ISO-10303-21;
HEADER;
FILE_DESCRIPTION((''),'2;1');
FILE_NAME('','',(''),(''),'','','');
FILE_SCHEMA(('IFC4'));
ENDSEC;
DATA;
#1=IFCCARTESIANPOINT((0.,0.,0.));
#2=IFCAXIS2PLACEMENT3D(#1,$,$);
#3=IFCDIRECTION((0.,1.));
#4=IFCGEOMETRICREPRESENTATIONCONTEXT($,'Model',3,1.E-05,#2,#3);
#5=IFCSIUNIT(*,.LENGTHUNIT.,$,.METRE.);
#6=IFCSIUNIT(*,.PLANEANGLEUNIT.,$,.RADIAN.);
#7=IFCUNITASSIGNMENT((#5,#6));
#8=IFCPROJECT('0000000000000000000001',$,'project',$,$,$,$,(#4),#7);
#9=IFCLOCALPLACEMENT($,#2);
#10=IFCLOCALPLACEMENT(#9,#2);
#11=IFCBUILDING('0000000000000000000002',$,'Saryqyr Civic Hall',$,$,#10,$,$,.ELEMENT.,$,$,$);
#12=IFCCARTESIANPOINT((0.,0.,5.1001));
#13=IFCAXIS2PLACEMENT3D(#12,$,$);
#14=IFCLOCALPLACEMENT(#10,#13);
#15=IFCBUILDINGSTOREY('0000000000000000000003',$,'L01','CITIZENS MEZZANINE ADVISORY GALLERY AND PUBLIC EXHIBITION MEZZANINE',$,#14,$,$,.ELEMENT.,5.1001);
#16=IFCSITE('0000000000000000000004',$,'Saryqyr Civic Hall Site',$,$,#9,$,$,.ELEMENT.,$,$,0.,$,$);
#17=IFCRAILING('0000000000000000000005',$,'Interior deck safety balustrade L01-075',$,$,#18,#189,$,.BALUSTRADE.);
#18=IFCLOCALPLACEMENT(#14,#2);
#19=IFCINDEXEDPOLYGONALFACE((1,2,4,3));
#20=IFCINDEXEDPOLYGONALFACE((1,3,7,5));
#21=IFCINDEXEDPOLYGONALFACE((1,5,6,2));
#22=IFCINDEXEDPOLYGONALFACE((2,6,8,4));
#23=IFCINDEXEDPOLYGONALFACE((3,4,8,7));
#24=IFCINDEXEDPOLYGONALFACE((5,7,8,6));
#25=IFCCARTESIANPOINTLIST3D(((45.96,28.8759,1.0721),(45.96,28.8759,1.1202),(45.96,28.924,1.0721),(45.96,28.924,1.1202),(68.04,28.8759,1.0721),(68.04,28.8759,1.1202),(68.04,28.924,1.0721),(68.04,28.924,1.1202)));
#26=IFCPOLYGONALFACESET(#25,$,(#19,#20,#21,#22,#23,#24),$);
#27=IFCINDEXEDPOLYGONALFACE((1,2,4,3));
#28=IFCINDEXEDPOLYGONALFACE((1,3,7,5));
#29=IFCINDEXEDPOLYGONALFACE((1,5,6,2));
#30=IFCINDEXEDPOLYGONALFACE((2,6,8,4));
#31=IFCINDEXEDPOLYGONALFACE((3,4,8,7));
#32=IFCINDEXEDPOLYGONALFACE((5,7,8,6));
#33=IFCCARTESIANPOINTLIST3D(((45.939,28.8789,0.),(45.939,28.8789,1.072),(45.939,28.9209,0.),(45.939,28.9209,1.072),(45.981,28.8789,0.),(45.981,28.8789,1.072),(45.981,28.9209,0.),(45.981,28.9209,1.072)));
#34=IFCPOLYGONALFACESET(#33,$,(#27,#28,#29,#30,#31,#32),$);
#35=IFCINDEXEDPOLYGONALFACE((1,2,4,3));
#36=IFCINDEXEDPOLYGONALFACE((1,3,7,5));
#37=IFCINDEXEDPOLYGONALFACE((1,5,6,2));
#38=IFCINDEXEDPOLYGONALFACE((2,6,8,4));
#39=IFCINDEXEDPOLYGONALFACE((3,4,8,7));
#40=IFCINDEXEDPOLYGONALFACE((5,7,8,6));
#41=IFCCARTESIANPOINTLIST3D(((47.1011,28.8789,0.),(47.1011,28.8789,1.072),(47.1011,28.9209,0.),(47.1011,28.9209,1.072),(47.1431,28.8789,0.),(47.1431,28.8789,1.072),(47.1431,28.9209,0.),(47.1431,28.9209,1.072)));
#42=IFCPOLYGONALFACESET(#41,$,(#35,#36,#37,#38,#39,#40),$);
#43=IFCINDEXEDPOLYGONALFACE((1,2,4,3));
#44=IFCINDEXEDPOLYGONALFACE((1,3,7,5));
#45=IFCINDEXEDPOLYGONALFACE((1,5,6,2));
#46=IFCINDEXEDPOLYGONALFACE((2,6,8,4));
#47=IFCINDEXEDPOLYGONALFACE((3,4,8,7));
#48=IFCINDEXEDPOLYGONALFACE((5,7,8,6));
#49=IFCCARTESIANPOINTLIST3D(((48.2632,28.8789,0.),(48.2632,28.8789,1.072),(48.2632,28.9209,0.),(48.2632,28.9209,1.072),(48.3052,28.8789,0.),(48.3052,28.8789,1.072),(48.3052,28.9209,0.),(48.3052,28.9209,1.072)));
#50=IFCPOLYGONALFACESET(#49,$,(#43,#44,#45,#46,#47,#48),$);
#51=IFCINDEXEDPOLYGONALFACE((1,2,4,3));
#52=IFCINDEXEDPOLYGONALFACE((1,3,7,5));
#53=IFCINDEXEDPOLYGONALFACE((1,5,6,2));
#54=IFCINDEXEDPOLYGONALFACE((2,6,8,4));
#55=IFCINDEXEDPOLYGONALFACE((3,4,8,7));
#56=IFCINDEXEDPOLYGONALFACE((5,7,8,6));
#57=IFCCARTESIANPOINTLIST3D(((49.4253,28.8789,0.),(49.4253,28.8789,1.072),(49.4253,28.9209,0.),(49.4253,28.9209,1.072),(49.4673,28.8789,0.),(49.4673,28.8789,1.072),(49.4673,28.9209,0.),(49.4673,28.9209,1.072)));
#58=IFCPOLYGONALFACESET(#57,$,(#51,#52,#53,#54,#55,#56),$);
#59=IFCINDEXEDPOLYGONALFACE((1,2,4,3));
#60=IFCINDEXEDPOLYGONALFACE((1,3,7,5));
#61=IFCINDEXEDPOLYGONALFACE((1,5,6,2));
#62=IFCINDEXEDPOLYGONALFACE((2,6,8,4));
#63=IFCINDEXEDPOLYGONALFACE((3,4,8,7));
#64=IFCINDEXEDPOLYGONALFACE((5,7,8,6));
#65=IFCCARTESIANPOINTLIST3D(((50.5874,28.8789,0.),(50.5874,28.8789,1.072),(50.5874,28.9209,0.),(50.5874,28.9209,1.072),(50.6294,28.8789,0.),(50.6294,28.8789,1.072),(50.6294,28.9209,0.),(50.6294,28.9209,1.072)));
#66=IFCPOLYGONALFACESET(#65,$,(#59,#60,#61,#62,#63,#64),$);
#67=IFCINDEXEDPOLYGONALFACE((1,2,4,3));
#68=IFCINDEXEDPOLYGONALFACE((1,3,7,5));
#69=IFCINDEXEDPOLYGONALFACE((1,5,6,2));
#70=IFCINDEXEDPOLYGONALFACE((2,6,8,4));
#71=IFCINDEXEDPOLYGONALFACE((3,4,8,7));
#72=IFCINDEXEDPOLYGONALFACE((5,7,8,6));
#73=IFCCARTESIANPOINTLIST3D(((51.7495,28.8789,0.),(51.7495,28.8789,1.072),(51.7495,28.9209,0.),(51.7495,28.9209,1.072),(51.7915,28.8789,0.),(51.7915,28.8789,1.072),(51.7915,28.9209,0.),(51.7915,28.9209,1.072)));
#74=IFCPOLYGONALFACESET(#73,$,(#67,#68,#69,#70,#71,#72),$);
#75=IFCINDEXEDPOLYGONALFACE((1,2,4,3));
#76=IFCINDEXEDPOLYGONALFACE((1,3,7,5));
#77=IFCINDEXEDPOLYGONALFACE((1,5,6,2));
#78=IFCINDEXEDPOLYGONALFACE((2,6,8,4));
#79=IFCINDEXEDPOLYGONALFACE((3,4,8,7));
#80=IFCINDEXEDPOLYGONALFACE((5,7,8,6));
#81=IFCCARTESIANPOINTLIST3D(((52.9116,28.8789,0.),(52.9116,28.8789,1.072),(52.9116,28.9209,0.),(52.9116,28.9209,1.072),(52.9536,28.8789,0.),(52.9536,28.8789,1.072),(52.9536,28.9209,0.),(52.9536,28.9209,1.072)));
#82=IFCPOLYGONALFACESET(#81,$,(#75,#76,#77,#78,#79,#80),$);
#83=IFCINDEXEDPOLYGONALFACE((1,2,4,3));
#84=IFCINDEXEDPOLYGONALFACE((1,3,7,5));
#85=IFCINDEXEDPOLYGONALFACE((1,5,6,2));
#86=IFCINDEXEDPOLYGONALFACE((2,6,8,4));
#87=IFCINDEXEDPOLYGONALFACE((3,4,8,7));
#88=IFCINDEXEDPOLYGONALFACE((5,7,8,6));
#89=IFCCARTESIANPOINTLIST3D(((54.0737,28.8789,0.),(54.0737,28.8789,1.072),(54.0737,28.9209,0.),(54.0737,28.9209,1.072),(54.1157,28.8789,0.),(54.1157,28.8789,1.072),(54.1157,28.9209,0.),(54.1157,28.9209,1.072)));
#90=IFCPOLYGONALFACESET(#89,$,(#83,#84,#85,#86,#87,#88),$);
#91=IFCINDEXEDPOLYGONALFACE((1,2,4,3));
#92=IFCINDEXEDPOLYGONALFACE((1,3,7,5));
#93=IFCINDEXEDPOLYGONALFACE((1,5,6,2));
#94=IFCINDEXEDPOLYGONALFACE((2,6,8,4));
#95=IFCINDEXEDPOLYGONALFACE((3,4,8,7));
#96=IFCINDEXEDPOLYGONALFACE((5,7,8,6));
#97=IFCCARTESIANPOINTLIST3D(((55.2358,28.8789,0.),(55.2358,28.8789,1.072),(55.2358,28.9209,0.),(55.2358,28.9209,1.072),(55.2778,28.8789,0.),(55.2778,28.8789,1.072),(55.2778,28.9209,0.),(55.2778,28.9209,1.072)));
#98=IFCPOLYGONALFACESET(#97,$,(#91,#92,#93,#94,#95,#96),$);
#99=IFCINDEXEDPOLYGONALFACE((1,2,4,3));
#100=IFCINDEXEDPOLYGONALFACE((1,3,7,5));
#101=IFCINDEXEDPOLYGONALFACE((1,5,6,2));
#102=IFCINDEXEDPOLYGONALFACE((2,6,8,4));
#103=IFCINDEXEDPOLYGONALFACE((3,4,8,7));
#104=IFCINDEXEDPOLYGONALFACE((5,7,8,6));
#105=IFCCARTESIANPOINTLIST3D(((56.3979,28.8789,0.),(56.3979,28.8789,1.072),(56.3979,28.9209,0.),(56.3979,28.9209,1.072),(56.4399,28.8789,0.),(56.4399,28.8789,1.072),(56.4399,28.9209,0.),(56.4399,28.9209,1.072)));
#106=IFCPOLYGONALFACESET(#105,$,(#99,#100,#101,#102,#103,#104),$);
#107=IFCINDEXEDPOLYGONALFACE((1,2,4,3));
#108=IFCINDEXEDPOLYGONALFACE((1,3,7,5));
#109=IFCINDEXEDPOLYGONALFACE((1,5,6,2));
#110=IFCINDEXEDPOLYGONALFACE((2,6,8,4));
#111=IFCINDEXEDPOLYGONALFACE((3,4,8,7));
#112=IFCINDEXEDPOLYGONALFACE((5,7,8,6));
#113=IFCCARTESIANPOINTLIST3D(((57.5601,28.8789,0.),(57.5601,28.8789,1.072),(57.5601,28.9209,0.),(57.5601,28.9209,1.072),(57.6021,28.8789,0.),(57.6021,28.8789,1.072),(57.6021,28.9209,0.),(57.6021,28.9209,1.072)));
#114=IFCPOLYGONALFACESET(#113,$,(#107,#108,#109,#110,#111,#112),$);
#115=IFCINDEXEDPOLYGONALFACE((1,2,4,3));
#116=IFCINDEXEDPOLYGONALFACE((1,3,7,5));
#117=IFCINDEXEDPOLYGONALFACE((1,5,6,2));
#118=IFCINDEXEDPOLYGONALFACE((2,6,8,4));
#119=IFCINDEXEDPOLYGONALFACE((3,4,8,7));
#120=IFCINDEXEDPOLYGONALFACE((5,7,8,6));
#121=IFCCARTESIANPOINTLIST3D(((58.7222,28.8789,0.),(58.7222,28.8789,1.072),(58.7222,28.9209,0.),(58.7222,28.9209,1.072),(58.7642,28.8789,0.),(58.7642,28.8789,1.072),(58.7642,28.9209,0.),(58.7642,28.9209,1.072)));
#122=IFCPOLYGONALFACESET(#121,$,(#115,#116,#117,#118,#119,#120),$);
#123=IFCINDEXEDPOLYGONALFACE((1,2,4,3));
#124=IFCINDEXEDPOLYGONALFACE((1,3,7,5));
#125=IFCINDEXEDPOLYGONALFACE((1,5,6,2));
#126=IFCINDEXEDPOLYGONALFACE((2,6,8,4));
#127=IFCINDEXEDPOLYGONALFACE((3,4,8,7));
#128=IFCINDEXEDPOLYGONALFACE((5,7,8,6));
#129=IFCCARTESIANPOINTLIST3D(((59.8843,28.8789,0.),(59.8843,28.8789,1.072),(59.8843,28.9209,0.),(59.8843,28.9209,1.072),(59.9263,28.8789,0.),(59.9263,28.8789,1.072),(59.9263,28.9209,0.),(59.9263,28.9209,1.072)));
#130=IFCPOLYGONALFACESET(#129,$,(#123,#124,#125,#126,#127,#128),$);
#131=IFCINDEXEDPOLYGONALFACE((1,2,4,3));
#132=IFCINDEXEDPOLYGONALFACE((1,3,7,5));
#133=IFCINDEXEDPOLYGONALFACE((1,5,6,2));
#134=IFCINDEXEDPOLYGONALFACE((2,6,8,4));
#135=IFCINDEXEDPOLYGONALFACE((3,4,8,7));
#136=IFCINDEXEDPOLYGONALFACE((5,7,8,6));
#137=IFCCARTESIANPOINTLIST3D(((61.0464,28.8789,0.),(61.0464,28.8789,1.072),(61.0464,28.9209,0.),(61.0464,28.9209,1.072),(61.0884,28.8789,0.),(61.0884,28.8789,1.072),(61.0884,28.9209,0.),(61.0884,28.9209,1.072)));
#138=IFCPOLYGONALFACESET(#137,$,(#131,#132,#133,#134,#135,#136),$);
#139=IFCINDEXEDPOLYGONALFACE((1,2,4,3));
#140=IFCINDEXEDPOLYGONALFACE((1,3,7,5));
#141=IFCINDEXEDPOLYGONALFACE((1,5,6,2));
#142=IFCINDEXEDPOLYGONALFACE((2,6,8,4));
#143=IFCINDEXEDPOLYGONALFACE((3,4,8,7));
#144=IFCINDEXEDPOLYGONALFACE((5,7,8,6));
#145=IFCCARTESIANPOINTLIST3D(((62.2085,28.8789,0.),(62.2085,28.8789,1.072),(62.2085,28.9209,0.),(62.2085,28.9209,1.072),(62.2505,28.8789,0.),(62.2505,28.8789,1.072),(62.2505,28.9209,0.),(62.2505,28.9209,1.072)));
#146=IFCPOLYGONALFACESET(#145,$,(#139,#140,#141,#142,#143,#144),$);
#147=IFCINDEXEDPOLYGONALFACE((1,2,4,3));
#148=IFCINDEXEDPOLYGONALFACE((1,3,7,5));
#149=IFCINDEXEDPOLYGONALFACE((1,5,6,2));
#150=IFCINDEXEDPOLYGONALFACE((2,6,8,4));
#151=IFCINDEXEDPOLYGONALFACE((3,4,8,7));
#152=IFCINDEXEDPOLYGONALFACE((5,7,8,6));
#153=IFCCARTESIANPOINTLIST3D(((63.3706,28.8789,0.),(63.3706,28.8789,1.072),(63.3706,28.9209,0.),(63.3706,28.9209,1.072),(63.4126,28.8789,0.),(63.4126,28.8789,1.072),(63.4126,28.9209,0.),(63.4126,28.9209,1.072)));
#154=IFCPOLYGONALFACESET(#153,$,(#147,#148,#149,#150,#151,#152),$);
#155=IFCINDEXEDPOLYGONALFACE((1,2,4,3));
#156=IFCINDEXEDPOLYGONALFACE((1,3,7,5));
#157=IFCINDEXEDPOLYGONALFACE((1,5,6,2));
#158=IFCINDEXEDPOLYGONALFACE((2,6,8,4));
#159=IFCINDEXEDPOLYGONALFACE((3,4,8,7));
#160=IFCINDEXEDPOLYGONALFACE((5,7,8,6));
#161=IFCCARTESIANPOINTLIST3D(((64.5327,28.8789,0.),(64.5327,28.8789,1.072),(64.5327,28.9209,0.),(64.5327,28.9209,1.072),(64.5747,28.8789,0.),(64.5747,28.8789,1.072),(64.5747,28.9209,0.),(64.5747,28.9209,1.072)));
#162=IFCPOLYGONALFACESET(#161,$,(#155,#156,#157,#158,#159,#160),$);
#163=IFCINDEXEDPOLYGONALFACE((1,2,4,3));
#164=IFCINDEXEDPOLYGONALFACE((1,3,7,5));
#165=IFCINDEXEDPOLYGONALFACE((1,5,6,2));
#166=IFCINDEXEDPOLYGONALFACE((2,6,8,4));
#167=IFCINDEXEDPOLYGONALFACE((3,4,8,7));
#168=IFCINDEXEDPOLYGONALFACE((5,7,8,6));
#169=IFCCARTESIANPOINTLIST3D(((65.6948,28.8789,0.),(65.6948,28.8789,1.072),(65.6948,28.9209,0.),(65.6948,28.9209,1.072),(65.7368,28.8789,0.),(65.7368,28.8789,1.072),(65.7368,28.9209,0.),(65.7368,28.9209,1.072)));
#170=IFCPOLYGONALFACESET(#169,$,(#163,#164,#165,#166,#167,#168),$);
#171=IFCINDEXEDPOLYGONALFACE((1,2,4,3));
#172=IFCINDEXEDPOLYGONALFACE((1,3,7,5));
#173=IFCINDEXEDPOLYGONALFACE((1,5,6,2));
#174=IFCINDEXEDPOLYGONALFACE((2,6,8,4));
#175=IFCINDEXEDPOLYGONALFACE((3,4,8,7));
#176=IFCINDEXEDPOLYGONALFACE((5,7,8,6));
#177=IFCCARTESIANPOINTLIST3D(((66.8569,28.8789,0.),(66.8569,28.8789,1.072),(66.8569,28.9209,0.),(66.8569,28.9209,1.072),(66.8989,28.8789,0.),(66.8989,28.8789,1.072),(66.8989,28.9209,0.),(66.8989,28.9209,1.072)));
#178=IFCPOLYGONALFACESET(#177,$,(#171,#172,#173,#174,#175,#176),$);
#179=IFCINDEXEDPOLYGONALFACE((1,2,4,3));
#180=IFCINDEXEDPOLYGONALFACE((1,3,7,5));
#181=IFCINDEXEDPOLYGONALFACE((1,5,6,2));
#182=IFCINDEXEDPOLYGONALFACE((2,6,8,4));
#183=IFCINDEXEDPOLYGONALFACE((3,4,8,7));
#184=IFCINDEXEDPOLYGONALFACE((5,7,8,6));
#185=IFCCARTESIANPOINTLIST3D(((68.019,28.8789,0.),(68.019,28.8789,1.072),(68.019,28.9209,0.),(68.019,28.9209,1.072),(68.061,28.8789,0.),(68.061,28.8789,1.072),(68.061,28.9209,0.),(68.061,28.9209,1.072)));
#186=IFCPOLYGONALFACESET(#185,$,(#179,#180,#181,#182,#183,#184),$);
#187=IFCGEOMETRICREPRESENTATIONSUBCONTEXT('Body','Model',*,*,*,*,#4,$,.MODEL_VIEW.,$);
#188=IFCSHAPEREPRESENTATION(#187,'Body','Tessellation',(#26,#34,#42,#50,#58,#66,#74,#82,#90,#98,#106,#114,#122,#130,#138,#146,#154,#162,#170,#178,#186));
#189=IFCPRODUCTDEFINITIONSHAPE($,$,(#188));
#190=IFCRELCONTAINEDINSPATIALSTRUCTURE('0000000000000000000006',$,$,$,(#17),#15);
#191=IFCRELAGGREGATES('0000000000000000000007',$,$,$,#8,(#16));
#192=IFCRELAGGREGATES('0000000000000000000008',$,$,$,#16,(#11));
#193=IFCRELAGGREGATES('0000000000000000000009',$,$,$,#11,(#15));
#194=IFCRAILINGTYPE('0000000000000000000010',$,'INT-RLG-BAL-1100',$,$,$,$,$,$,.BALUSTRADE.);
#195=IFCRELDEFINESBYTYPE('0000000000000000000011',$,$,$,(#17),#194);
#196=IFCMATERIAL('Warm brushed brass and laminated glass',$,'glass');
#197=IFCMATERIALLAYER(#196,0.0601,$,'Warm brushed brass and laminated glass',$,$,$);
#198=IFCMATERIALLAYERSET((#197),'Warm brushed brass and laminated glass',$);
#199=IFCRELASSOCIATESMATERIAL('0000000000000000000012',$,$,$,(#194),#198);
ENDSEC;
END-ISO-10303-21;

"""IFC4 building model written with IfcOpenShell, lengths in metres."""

from ifc_helpers import new_model, si_unit, direction, frame, origin, origin_2d, place, context, subcontext, project, spatial, rectangle, extrude, material, layer, layer_set, type_object, element, save


model = new_model("IFC4")

# Units and contexts
model_context = context("Model", 3, precision=1e-05, world=origin(), true_north=direction((0.0, 1.0)))
body_context = subcontext(model_context, "Body", "Model", "MODEL_VIEW")
ifc_project = project(units=[si_unit("LENGTHUNIT", "METRE"), si_unit("PLANEANGLEUNIT", "RADIAN")], contexts=[model_context])

# Site, building, storey
site_placement = place(None, origin())
site = spatial("IfcSite", under=ifc_project, at=site_placement, Name="Saryqyr Civic Hall Site", CompositionType="ELEMENT", RefElevation=0.0)
building_placement = place(site_placement, origin())
building = spatial("IfcBuilding", under=site, at=building_placement, Name="Saryqyr Civic Hall", CompositionType="ELEMENT")
storey_placement = place(building_placement, frame((0.0, 0.0, 5.1001)))
storey = spatial("IfcBuildingStorey", under=building, at=storey_placement, Name="L01", Description="CITIZENS MEZZANINE ADVISORY GALLERY AND PUBLIC EXHIBITION MEZZANINE", CompositionType="ELEMENT", Elevation=5.1001)

# Railing
ifc_material_1 = material(Name="Warm brushed brass and laminated glass", Category="glass")
ifc_layer_1 = layer(ifc_material_1, 0.0601, Name="Warm brushed brass and laminated glass")
ifc_layer_set_1 = layer_set([ifc_layer_1], Name="Warm brushed brass and laminated glass")
railing_type = type_object("IfcRailingType", Name="INT-RLG-BAL-1100", PredefinedType="BALUSTRADE", material=ifc_layer_set_1)
railing_placement = place(storey_placement, frame((45.96, 28.8999, 0.0)))
element("IfcRailing", 1, at=railing_placement, inside=storey, type_object=railing_type, Name="Interior deck safety balustrade L01-075", PredefinedType="BALUSTRADE", context=body_context, shape_type="SweptSolid", body=[
    extrude(rectangle(XDim=0.0481, YDim=0.0481, at=origin_2d()), frame((0.0, 0.0, 1.0962), z_axis=(1.0, 0.0, 0.0), x_axis=(0.0, 1.0, 0.0)), (0.0, 0.0, 1.0), 22.0801),
    extrude(rectangle(XDim=0.042, YDim=0.042, at=origin_2d()), origin(), (0.0, 0.0, 1.0), 1.072),
    extrude(rectangle(XDim=0.042, YDim=0.042, at=origin_2d()), frame((1.1621, 0.0, 0.0)), (0.0, 0.0, 1.0), 1.072),
    extrude(rectangle(XDim=0.042, YDim=0.042, at=origin_2d()), frame((2.3242, 0.0, 0.0)), (0.0, 0.0, 1.0), 1.072),
    extrude(rectangle(XDim=0.042, YDim=0.042, at=origin_2d()), frame((3.4863, 0.0, 0.0)), (0.0, 0.0, 1.0), 1.072),
    extrude(rectangle(XDim=0.042, YDim=0.042, at=origin_2d()), frame((4.6484, 0.0, 0.0)), (0.0, 0.0, 1.0), 1.072),
    extrude(rectangle(XDim=0.042, YDim=0.042, at=origin_2d()), frame((5.8105, 0.0, 0.0)), (0.0, 0.0, 1.0), 1.072),
    extrude(rectangle(XDim=0.042, YDim=0.042, at=origin_2d()), frame((6.9727, 0.0, 0.0)), (0.0, 0.0, 1.0), 1.072),
    extrude(rectangle(XDim=0.042, YDim=0.042, at=origin_2d()), frame((8.1348, 0.0, 0.0)), (0.0, 0.0, 1.0), 1.072),
    extrude(rectangle(XDim=0.042, YDim=0.042, at=origin_2d()), frame((9.2969, 0.0, 0.0)), (0.0, 0.0, 1.0), 1.072),
    extrude(rectangle(XDim=0.042, YDim=0.042, at=origin_2d()), frame((10.459, 0.0, 0.0)), (0.0, 0.0, 1.0), 1.072),
    extrude(rectangle(XDim=0.042, YDim=0.042, at=origin_2d()), frame((11.6211, 0.0, 0.0)), (0.0, 0.0, 1.0), 1.072),
    extrude(rectangle(XDim=0.042, YDim=0.042, at=origin_2d()), frame((12.7832, 0.0, 0.0)), (0.0, 0.0, 1.0), 1.072),
    extrude(rectangle(XDim=0.042, YDim=0.042, at=origin_2d()), frame((13.9453, 0.0, 0.0)), (0.0, 0.0, 1.0), 1.072),
    extrude(rectangle(XDim=0.042, YDim=0.042, at=origin_2d()), frame((15.1074, 0.0, 0.0)), (0.0, 0.0, 1.0), 1.072),
    extrude(rectangle(XDim=0.042, YDim=0.042, at=origin_2d()), frame((16.2695, 0.0, 0.0)), (0.0, 0.0, 1.0), 1.072),
    extrude(rectangle(XDim=0.042, YDim=0.042, at=origin_2d()), frame((17.4316, 0.0, 0.0)), (0.0, 0.0, 1.0), 1.072),
    extrude(rectangle(XDim=0.042, YDim=0.042, at=origin_2d()), frame((18.5938, 0.0, 0.0)), (0.0, 0.0, 1.0), 1.072),
    extrude(rectangle(XDim=0.042, YDim=0.042, at=origin_2d()), frame((19.7559, 0.0, 0.0)), (0.0, 0.0, 1.0), 1.072),
    extrude(rectangle(XDim=0.042, YDim=0.042, at=origin_2d()), frame((20.918, 0.0, 0.0)), (0.0, 0.0, 1.0), 1.072),
    extrude(rectangle(XDim=0.042, YDim=0.042, at=origin_2d()), frame((22.0801, 0.0, 0.0)), (0.0, 0.0, 1.0), 1.072),
])

save(model, "model.ifc")
